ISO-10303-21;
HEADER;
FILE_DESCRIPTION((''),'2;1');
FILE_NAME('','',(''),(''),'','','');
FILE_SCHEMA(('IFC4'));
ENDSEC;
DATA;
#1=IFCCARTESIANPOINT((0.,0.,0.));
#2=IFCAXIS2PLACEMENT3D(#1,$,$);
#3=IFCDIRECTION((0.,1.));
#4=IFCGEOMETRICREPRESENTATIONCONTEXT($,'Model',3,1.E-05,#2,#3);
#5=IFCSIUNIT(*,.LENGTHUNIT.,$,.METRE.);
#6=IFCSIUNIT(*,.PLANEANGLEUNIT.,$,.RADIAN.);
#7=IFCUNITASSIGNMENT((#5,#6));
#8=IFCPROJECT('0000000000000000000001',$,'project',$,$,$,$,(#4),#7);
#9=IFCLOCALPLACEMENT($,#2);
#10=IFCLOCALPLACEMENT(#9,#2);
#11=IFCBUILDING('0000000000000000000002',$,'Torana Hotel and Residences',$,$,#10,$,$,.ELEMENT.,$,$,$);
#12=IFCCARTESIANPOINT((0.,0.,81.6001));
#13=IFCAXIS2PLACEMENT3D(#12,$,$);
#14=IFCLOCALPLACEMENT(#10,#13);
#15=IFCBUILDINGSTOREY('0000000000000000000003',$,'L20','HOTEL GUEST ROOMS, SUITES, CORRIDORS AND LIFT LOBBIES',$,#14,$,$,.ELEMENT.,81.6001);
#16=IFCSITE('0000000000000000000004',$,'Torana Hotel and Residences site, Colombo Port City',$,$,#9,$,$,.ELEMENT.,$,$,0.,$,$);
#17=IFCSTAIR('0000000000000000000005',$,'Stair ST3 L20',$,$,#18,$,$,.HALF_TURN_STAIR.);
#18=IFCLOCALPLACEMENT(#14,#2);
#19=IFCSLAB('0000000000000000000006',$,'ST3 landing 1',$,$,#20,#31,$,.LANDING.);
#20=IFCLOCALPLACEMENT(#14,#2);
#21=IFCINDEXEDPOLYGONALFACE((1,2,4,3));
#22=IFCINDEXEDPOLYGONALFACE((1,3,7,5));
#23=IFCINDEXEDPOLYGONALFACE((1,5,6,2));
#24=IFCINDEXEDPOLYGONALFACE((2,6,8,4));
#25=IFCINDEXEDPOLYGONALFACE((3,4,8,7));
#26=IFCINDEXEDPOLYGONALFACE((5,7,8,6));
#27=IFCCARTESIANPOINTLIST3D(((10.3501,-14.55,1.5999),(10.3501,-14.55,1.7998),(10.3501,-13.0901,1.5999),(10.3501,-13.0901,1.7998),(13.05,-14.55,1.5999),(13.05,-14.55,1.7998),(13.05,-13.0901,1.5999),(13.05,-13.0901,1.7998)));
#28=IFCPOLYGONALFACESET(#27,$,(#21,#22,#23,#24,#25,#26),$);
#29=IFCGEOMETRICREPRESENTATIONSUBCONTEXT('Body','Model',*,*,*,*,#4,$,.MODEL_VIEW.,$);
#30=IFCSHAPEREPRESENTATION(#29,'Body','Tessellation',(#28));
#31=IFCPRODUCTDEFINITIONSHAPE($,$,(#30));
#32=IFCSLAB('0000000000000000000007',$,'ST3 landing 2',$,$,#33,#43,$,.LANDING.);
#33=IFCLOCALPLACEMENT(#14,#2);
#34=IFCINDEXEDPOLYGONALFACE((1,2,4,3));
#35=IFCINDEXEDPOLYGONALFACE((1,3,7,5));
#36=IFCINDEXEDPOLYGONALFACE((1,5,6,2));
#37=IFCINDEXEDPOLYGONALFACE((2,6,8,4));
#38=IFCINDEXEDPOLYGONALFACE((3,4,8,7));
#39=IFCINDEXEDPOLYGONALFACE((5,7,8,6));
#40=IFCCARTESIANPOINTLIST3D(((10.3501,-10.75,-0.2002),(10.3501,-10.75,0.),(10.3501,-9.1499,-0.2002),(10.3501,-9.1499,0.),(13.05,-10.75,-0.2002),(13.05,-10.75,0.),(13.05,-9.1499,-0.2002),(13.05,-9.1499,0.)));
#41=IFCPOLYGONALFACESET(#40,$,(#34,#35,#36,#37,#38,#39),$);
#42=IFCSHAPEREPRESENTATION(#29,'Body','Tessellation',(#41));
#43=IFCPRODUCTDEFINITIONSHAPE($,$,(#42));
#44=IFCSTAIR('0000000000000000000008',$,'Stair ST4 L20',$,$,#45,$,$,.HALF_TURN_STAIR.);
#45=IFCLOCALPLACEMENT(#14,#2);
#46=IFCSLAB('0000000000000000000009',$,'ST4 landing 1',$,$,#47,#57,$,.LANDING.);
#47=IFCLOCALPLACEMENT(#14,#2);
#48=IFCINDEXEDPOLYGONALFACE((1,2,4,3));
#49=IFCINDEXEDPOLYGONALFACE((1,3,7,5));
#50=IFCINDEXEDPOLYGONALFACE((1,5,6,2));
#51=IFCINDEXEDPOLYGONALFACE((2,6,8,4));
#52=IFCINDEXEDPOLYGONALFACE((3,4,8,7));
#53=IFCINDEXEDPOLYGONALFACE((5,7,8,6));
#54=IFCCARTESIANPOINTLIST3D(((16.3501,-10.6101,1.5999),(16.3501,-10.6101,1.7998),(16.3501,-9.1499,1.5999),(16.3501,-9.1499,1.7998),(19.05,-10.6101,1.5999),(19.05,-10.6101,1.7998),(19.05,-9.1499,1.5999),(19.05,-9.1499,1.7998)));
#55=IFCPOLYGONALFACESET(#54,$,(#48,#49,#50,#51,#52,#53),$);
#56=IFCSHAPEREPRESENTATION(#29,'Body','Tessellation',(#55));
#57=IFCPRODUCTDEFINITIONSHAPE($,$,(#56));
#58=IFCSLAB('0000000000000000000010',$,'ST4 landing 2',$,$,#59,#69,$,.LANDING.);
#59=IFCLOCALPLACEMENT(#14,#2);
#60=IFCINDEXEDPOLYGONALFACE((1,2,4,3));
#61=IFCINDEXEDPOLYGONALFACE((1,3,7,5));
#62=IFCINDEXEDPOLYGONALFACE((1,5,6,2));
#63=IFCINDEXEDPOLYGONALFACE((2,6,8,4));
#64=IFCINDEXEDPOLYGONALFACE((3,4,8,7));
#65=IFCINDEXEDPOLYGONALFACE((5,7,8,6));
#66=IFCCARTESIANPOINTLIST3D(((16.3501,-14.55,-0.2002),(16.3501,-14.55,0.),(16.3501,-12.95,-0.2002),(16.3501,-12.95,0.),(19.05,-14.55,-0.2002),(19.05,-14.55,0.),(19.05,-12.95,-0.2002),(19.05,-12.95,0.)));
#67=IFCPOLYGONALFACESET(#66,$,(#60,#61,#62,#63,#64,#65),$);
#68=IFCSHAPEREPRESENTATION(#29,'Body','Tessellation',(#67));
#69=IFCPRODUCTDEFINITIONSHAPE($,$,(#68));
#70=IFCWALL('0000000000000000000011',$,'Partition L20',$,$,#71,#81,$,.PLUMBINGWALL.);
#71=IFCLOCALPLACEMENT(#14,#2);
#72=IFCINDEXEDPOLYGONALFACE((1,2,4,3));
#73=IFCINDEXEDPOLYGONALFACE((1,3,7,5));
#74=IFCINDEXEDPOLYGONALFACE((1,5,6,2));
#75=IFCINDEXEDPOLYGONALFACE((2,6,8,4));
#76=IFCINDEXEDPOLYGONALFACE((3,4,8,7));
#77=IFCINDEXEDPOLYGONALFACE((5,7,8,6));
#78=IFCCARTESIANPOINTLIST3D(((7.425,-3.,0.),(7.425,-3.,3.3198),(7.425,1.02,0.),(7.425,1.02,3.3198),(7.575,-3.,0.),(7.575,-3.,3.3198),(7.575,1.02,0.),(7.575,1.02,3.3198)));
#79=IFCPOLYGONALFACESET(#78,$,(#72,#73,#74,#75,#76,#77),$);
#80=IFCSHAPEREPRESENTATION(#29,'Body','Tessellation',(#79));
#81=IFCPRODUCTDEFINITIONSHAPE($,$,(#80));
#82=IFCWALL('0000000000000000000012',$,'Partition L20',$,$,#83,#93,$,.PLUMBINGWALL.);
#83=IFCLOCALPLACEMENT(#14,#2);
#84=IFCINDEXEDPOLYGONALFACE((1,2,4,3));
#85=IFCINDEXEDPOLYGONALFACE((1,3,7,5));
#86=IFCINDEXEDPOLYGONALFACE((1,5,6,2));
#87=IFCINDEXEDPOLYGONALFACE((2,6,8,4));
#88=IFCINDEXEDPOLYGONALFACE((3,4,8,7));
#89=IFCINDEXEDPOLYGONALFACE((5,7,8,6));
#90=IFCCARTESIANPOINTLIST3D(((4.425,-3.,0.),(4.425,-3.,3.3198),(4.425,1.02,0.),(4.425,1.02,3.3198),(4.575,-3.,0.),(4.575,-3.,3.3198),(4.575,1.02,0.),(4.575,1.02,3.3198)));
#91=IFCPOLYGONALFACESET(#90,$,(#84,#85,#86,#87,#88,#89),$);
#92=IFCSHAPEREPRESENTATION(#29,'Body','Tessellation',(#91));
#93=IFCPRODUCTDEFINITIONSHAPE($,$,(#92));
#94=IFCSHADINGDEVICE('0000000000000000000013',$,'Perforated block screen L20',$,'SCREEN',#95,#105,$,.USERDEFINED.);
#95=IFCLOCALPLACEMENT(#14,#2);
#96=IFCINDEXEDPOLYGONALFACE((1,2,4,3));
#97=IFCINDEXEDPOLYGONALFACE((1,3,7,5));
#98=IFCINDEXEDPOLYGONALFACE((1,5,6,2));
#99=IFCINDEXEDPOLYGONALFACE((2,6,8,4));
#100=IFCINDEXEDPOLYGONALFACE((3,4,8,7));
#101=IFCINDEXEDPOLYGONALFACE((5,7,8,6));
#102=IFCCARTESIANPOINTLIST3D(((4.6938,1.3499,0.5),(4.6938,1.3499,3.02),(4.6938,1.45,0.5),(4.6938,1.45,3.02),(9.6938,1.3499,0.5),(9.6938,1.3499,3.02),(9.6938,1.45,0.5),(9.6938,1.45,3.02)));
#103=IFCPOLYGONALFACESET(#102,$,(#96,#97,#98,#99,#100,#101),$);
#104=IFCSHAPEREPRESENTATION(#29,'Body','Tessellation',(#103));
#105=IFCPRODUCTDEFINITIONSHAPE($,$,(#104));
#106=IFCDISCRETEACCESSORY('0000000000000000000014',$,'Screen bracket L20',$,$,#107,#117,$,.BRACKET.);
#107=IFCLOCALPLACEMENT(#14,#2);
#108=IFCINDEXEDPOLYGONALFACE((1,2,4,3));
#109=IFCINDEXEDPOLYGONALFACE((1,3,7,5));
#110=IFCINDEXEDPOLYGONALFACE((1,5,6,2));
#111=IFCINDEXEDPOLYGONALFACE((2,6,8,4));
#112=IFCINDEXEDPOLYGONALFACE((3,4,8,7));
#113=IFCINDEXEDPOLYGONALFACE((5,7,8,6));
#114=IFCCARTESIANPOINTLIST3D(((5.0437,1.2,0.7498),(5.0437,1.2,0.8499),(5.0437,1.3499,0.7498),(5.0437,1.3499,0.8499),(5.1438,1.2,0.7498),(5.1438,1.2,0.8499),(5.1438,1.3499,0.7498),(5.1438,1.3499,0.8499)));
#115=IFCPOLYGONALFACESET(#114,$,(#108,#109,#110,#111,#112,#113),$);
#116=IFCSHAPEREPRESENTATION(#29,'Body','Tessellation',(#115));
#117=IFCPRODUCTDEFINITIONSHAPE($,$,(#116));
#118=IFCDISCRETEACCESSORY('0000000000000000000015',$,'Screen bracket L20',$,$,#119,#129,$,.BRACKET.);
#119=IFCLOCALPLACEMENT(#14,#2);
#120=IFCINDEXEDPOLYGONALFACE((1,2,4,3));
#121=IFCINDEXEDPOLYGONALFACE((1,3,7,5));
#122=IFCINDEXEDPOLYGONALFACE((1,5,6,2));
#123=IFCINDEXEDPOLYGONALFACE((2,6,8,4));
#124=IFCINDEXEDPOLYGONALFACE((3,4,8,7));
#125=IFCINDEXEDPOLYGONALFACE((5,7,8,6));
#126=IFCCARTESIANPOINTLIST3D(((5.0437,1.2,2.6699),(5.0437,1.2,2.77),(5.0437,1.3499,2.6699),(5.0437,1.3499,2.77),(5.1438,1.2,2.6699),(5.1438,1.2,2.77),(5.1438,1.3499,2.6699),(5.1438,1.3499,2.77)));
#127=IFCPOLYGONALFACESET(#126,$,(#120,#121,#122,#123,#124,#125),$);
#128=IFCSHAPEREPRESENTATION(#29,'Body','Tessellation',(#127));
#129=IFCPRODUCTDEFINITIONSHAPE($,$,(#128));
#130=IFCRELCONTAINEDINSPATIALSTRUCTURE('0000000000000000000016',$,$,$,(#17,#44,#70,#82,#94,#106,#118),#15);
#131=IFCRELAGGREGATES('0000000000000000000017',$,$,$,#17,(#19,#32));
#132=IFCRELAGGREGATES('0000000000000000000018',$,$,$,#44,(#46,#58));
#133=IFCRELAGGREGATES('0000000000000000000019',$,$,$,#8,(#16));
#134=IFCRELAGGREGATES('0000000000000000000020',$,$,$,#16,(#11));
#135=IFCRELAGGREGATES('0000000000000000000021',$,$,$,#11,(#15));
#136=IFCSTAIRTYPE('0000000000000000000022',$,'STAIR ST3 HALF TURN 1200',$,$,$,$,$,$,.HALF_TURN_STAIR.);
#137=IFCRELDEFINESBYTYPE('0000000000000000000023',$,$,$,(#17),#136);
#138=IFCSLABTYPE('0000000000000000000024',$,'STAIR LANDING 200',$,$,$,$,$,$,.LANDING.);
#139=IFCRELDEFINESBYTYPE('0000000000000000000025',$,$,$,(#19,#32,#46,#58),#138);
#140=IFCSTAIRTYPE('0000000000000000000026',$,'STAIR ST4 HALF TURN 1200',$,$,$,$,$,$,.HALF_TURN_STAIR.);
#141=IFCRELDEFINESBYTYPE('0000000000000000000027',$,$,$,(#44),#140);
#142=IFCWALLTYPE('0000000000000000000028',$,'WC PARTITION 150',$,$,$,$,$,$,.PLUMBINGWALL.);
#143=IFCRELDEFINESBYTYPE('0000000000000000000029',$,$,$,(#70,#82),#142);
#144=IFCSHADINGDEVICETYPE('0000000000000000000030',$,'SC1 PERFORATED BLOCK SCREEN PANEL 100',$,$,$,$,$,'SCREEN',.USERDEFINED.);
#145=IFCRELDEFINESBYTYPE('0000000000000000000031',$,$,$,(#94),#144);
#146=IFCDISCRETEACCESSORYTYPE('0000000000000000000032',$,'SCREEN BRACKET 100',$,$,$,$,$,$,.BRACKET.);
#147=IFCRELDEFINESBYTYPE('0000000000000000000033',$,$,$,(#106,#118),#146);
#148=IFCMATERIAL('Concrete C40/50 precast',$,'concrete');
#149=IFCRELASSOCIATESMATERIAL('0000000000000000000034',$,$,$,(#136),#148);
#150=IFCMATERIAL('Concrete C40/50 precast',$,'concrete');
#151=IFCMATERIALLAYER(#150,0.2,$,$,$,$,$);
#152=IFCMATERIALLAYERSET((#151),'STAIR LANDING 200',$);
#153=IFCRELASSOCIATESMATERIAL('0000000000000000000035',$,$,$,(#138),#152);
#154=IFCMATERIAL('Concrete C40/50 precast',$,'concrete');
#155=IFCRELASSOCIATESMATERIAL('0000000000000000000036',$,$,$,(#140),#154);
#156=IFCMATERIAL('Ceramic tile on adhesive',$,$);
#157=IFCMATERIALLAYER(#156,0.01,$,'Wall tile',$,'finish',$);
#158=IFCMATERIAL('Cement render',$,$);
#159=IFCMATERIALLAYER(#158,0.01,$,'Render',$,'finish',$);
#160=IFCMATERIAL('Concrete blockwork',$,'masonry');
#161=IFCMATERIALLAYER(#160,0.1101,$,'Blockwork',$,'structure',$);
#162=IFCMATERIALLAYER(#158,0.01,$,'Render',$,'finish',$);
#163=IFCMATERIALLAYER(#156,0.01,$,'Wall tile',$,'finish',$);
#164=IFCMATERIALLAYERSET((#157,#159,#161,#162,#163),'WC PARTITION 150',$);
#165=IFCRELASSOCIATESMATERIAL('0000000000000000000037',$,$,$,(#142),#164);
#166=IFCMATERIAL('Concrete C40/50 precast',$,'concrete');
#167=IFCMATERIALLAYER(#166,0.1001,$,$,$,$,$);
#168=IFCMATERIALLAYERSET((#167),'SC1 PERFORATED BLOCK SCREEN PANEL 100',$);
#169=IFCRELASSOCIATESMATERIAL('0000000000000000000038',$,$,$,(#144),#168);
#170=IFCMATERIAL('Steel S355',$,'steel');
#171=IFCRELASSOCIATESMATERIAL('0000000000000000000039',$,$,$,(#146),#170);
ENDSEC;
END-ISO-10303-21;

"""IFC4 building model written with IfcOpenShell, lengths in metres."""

from ifc_helpers import new_model, si_unit, direction, frame, frame_2d, origin, origin_2d, place, context, subcontext, project, spatial, polyline, rectangle, outline, extrude, material, layer, layer_set, type_object, element, aggregate, save


model = new_model("IFC4")

# Units and contexts
model_context = context("Model", 3, precision=1e-05, world=origin(), true_north=direction((0.0, 1.0)))
body_context = subcontext(model_context, "Body", "Model", "MODEL_VIEW")
ifc_project = project(units=[si_unit("LENGTHUNIT", "METRE"), si_unit("PLANEANGLEUNIT", "RADIAN")], contexts=[model_context])

# Site, building, storey
site_placement = place(None, origin())
site = spatial("IfcSite", under=ifc_project, at=site_placement, Name="Torana Hotel and Residences site, Colombo Port City", CompositionType="ELEMENT", RefElevation=0.0)
building_placement = place(site_placement, origin())
building = spatial("IfcBuilding", under=site, at=building_placement, Name="Torana Hotel and Residences", CompositionType="ELEMENT")
storey_placement = place(building_placement, frame((0.0, 0.0, 81.6001)))
storey = spatial("IfcBuildingStorey", under=building, at=storey_placement, Name="L20", Description="HOTEL GUEST ROOMS, SUITES, CORRIDORS AND LIFT LOBBIES", CompositionType="ELEMENT", Elevation=81.6001)

# Stairs, slabs
ifc_material_1 = material(Name="Concrete C40/50 precast", Category="concrete")
stair_type_1 = type_object("IfcStairType", Name="STAIR ST3 HALF TURN 1200", PredefinedType="HALF_TURN_STAIR", material=ifc_material_1)
stair_1_placement = place(storey_placement, origin())
stair_1 = element("IfcStair", 1, at=stair_1_placement, inside=storey, type_object=stair_type_1, Name="Stair ST3 L20", PredefinedType="HALF_TURN_STAIR")
ifc_material_2 = material(Name="Concrete C40/50 precast", Category="concrete")
ifc_layer_1 = layer(ifc_material_2, 0.2)
ifc_layer_set_1 = layer_set([ifc_layer_1], Name="STAIR LANDING 200")
slab_type = type_object("IfcSlabType", Name="STAIR LANDING 200", PredefinedType="LANDING", material=ifc_layer_set_1)
slab_1_placement = place(storey_placement, frame((0.0, 0.0, 1.5999)))
slab_1 = element("IfcSlab", 2, at=slab_1_placement, type_object=slab_type, Name="ST3 landing 1", PredefinedType="LANDING", context=body_context, shape_type="SweptSolid", body=[
    extrude(outline(polyline([(10.3501, -14.55), (13.05, -14.55), (13.05, -13.0901), (10.3501, -13.0901), (10.3501, -14.55)])), origin(), (0.0, 0.0, 1.0), 0.2),
])
slab_2_placement = place(storey_placement, frame((0.0, 0.0, -0.2002)))
slab_2 = element("IfcSlab", 3, at=slab_2_placement, type_object=slab_type, Name="ST3 landing 2", PredefinedType="LANDING", context=body_context, shape_type="SweptSolid", body=[
    extrude(outline(polyline([(10.3501, -10.75), (13.05, -10.75), (13.05, -9.1499), (10.3501, -9.1499), (10.3501, -10.75)])), origin(), (0.0, 0.0, 1.0), 0.2002),
])
aggregate(stair_1, [slab_1, slab_2])
ifc_material_3 = material(Name="Concrete C40/50 precast", Category="concrete")
stair_type_2 = type_object("IfcStairType", Name="STAIR ST4 HALF TURN 1200", PredefinedType="HALF_TURN_STAIR", material=ifc_material_3)
stair_2_placement = place(storey_placement, origin())
stair_2 = element("IfcStair", 4, at=stair_2_placement, inside=storey, type_object=stair_type_2, Name="Stair ST4 L20", PredefinedType="HALF_TURN_STAIR")
slab_3_placement = place(storey_placement, frame((0.0, 0.0, 1.5999)))
slab_3 = element("IfcSlab", 5, at=slab_3_placement, type_object=slab_type, Name="ST4 landing 1", PredefinedType="LANDING", context=body_context, shape_type="SweptSolid", body=[
    extrude(outline(polyline([(16.3501, -10.6101), (19.05, -10.6101), (19.05, -9.1499), (16.3501, -9.1499), (16.3501, -10.6101)])), origin(), (0.0, 0.0, 1.0), 0.2),
])
slab_4_placement = place(storey_placement, frame((0.0, 0.0, -0.2002)))
slab_4 = element("IfcSlab", 6, at=slab_4_placement, type_object=slab_type, Name="ST4 landing 2", PredefinedType="LANDING", context=body_context, shape_type="SweptSolid", body=[
    extrude(outline(polyline([(16.3501, -14.55), (19.05, -14.55), (19.05, -12.95), (16.3501, -12.95), (16.3501, -14.55)])), origin(), (0.0, 0.0, 1.0), 0.2002),
])
aggregate(stair_2, [slab_3, slab_4])

# Walls
ifc_material_4 = material(Name="Ceramic tile on adhesive")
ifc_layer_2 = layer(ifc_material_4, 0.01, Name="Wall tile", Category="finish")
ifc_material_5 = material(Name="Cement render")
ifc_layer_3 = layer(ifc_material_5, 0.01, Name="Render", Category="finish")
ifc_material_6 = material(Name="Concrete blockwork", Category="masonry")
ifc_layer_4 = layer(ifc_material_6, 0.1101, Name="Blockwork", Category="structure")
ifc_layer_5 = layer(ifc_material_5, 0.01, Name="Render", Category="finish")
ifc_layer_6 = layer(ifc_material_4, 0.01, Name="Wall tile", Category="finish")
ifc_layer_set_2 = layer_set([ifc_layer_2, ifc_layer_3, ifc_layer_4, ifc_layer_5, ifc_layer_6], Name="WC PARTITION 150")
wall_type = type_object("IfcWallType", Name="WC PARTITION 150", PredefinedType="PLUMBINGWALL", material=ifc_layer_set_2)
for number, where, z_axis, x_axis, name in (
    (7, (7.5, -3.0, 0.0), (0.0, 0.0, 1.0), (0.0, 1.0, 0.0), "Partition L20"),
    (8, (4.5, -3.0, 0.0), (0.0, 0.0, 1.0), (0.0, 1.0, 0.0), "Partition L20"),
):
    element("IfcWall", number, at=place(storey_placement, frame(where, z_axis=z_axis, x_axis=x_axis)), inside=storey, type_object=wall_type, Name=name, PredefinedType="PLUMBINGWALL", context=body_context, shape_type="SweptSolid", body=[
        extrude(rectangle(XDim=4.02, YDim=0.1499, at=frame_2d((2.01, 0.0))), origin(), (0.0, 0.0, 1.0), 3.3198),
    ])

# Shading device
ifc_material_7 = material(Name="Concrete C40/50 precast", Category="concrete")
ifc_layer_7 = layer(ifc_material_7, 0.1001)
ifc_layer_set_3 = layer_set([ifc_layer_7], Name="SC1 PERFORATED BLOCK SCREEN PANEL 100")
shading_device_type = type_object("IfcShadingDeviceType", Name="SC1 PERFORATED BLOCK SCREEN PANEL 100", ElementType="SCREEN", PredefinedType="USERDEFINED", material=ifc_layer_set_3)
shading_device_placement = place(storey_placement, frame((7.1938, 1.3999, 0.5), z_axis=(0.0, 0.0, 1.0), x_axis=(-1.0, 0.0, 0.0)))
element("IfcShadingDevice", 9, at=shading_device_placement, inside=storey, type_object=shading_device_type, Name="Perforated block screen L20", ObjectType="SCREEN", PredefinedType="USERDEFINED", context=body_context, shape_type="SweptSolid", body=[
    extrude(rectangle(XDim=5.0, YDim=0.1001, at=origin_2d()), origin(), (0.0, 0.0, 1.0), 2.52),
])

# Discrete accessories
ifc_material_8 = material(Name="Steel S355", Category="steel")
discrete_accessory_type = type_object("IfcDiscreteAccessoryType", Name="SCREEN BRACKET 100", PredefinedType="BRACKET", material=ifc_material_8)
for number, where, z_axis, x_axis, name in (
    (10, (5.0938, 1.2749, 0.7498), (0.0, 0.0, 1.0), (-1.0, 0.0, 0.0), "Screen bracket L20"),
    (11, (5.0938, 1.2749, 2.6699), (0.0, 0.0, 1.0), (-1.0, 0.0, 0.0), "Screen bracket L20"),
):
    element("IfcDiscreteAccessory", number, at=place(storey_placement, frame(where, z_axis=z_axis, x_axis=x_axis)), inside=storey, type_object=discrete_accessory_type, Name=name, PredefinedType="BRACKET", context=body_context, shape_type="SweptSolid", body=[
        extrude(rectangle(XDim=0.1001, YDim=0.1499, at=origin_2d()), origin(), (0.0, 0.0, 1.0), 0.1001),
    ])

save(model, "model.ifc")
